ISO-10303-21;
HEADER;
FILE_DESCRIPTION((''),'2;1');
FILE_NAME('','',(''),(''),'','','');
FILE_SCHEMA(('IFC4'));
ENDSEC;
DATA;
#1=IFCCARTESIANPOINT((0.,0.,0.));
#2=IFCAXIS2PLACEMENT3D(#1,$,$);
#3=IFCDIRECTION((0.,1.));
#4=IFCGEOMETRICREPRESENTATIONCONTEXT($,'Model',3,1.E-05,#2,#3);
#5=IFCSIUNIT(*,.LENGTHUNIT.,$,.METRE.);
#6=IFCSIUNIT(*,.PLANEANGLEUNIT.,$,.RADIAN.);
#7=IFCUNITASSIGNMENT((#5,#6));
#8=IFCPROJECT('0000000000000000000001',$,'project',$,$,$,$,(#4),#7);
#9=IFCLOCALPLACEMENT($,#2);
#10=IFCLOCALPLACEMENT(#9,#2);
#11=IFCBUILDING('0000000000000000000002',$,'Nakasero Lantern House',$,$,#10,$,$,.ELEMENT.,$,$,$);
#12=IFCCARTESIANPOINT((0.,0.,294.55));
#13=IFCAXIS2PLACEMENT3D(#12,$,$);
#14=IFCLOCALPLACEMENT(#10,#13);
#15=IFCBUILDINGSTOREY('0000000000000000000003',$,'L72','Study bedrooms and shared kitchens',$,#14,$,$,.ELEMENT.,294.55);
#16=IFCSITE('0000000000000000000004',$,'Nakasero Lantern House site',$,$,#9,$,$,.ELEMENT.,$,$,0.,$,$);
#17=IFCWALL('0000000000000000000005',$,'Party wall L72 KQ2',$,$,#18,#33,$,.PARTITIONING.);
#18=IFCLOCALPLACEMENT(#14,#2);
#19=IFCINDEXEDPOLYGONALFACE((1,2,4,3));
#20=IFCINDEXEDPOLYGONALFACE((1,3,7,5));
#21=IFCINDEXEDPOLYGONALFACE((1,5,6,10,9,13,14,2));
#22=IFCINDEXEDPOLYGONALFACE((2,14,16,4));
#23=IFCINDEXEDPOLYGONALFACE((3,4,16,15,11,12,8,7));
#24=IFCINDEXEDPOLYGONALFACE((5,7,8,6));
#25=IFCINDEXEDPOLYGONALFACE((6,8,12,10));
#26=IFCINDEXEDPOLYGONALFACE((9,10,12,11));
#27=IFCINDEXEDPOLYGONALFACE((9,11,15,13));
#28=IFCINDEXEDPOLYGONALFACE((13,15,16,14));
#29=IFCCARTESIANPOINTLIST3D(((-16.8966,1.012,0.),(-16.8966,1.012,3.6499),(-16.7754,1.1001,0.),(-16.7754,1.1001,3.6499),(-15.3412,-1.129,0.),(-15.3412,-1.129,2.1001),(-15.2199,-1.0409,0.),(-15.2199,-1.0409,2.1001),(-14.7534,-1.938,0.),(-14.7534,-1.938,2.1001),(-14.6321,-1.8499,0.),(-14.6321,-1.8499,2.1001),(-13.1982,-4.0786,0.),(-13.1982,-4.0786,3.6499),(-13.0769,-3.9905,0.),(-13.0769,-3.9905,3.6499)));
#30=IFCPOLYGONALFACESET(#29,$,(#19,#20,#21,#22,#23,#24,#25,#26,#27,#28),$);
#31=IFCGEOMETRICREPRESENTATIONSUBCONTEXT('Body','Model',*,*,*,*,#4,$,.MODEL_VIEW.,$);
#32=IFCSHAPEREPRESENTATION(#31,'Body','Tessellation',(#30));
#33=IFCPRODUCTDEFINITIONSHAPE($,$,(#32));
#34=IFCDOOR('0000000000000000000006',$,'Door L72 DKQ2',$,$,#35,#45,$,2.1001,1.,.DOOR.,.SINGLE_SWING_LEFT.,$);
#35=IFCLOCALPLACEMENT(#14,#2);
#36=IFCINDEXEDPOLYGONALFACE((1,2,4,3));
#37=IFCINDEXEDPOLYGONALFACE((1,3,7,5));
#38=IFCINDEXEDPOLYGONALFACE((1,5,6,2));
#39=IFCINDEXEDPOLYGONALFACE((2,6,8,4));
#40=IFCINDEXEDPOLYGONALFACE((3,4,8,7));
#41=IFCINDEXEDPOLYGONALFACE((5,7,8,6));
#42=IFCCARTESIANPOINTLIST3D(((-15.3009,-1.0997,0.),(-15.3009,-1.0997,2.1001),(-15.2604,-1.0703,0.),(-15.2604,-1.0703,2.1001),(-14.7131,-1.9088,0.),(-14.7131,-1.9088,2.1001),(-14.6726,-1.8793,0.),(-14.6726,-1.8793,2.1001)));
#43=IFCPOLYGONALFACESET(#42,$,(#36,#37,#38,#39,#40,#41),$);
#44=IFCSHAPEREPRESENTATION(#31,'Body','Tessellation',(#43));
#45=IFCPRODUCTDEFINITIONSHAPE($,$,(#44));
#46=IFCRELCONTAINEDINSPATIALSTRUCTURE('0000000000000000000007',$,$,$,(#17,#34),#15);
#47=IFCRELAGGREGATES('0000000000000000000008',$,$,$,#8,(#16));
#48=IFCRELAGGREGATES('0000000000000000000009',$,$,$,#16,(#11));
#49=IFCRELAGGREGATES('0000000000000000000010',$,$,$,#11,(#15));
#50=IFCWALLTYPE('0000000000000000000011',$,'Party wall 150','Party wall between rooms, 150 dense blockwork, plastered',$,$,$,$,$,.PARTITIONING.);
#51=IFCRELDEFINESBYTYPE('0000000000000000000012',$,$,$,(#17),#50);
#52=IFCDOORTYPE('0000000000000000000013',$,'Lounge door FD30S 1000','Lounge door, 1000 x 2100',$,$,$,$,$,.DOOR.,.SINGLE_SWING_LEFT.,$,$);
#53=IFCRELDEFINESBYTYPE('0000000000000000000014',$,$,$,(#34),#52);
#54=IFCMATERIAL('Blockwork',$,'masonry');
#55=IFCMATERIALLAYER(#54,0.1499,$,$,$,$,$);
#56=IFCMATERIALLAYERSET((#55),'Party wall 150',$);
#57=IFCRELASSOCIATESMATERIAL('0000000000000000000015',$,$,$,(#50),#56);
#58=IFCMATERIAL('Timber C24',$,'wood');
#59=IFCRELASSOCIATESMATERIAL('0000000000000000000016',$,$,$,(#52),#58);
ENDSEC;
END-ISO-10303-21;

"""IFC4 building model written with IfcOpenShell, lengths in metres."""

from ifc_helpers import new_model, si_unit, direction, frame, frame_2d, origin, place, context, subcontext, project, spatial, rectangle, extrude, material, layer, layer_set, type_object, element, fill, save


model = new_model("IFC4")

# Units and contexts
model_context = context("Model", 3, precision=1e-05, world=origin(), true_north=direction((0.0, 1.0)))
body_context = subcontext(model_context, "Body", "Model", "MODEL_VIEW")
ifc_project = project(units=[si_unit("LENGTHUNIT", "METRE"), si_unit("PLANEANGLEUNIT", "RADIAN")], contexts=[model_context])

# Site, building, storey
site_placement = place(None, origin())
site = spatial("IfcSite", under=ifc_project, at=site_placement, Name="Nakasero Lantern House site", CompositionType="ELEMENT", RefElevation=0.0)
building_placement = place(site_placement, origin())
building = spatial("IfcBuilding", under=site, at=building_placement, Name="Nakasero Lantern House", CompositionType="ELEMENT")
storey_placement = place(building_placement, frame((0.0, 0.0, 294.55)))
storey = spatial("IfcBuildingStorey", under=building, at=storey_placement, Name="L72", Description="Study bedrooms and shared kitchens", CompositionType="ELEMENT", Elevation=294.55)

# Shared definitions
ifc_material_1 = material(Name="Blockwork", Category="masonry")
ifc_layer_1 = layer(ifc_material_1, 0.1499)
ifc_layer_set_1 = layer_set([ifc_layer_1], Name="Party wall 150")
wall_type_1 = type_object("IfcWallType", Name="Party wall 150", Description="Party wall between rooms, 150 dense blockwork, plastered", PredefinedType="PARTITIONING", material=ifc_layer_set_1)

# Wall, opening, door
wall_1_placement = place(storey_placement, frame((-16.8359, 1.0559, 0.0), z_axis=(0.0, 0.0, 1.0), x_axis=(0.587782, -0.80902, 0.0)))
wall_1 = element("IfcWall", 1, at=wall_1_placement, inside=storey, type_object=wall_type_1, Name="Party wall L72 KQ2", PredefinedType="PARTITIONING", context=body_context, shape_type="SweptSolid", body=[
    extrude(rectangle(XDim=6.2922, YDim=0.1499, at=frame_2d((3.146, 0.0))), origin(), (0.0, 0.0, 1.0), 3.6499),
])
opening_1_placement = place(wall_1_placement, frame((2.6462, 0.0, 0.0)))
opening_1 = element("IfcOpeningElement", 2, at=opening_1_placement, cuts=wall_1, PredefinedType="OPENING", context=body_context, shape_type="SweptSolid", body=[
    extrude(rectangle(XDim=1.0, YDim=2.1001, at=frame_2d((0.5, 1.05))), frame((0.0, 0.095, 0.0), z_axis=(0.0, -1.0, 0.0), x_axis=(1.0, 0.0, 0.0)), (0.0, 0.0, 1.0), 0.1899),
])
ifc_material_2 = material(Name="Timber C24", Category="wood")
door_type_1 = type_object("IfcDoorType", Name="Lounge door FD30S 1000", Description="Lounge door, 1000 x 2100", OperationType="SINGLE_SWING_LEFT", PredefinedType="DOOR", material=ifc_material_2)
door_1_placement = place(opening_1_placement, origin())
door_1 = element("IfcDoor", 3, at=door_1_placement, inside=storey, type_object=door_type_1, Name="Door L72 DKQ2", OperationType="SINGLE_SWING_LEFT", OverallHeight=2.1001, OverallWidth=1.0, PredefinedType="DOOR", context=body_context, shape_type="SweptSolid", body=[
    extrude(rectangle(XDim=1.0, YDim=2.1001, at=frame_2d((0.5, 1.05))), frame((0.0, 0.0249, 0.0), z_axis=(0.0, -1.0, 0.0), x_axis=(1.0, 0.0, 0.0)), (0.0, 0.0, 1.0), 0.05),
])
fill(opening_1, door_1)

save(model, "model.ifc")
